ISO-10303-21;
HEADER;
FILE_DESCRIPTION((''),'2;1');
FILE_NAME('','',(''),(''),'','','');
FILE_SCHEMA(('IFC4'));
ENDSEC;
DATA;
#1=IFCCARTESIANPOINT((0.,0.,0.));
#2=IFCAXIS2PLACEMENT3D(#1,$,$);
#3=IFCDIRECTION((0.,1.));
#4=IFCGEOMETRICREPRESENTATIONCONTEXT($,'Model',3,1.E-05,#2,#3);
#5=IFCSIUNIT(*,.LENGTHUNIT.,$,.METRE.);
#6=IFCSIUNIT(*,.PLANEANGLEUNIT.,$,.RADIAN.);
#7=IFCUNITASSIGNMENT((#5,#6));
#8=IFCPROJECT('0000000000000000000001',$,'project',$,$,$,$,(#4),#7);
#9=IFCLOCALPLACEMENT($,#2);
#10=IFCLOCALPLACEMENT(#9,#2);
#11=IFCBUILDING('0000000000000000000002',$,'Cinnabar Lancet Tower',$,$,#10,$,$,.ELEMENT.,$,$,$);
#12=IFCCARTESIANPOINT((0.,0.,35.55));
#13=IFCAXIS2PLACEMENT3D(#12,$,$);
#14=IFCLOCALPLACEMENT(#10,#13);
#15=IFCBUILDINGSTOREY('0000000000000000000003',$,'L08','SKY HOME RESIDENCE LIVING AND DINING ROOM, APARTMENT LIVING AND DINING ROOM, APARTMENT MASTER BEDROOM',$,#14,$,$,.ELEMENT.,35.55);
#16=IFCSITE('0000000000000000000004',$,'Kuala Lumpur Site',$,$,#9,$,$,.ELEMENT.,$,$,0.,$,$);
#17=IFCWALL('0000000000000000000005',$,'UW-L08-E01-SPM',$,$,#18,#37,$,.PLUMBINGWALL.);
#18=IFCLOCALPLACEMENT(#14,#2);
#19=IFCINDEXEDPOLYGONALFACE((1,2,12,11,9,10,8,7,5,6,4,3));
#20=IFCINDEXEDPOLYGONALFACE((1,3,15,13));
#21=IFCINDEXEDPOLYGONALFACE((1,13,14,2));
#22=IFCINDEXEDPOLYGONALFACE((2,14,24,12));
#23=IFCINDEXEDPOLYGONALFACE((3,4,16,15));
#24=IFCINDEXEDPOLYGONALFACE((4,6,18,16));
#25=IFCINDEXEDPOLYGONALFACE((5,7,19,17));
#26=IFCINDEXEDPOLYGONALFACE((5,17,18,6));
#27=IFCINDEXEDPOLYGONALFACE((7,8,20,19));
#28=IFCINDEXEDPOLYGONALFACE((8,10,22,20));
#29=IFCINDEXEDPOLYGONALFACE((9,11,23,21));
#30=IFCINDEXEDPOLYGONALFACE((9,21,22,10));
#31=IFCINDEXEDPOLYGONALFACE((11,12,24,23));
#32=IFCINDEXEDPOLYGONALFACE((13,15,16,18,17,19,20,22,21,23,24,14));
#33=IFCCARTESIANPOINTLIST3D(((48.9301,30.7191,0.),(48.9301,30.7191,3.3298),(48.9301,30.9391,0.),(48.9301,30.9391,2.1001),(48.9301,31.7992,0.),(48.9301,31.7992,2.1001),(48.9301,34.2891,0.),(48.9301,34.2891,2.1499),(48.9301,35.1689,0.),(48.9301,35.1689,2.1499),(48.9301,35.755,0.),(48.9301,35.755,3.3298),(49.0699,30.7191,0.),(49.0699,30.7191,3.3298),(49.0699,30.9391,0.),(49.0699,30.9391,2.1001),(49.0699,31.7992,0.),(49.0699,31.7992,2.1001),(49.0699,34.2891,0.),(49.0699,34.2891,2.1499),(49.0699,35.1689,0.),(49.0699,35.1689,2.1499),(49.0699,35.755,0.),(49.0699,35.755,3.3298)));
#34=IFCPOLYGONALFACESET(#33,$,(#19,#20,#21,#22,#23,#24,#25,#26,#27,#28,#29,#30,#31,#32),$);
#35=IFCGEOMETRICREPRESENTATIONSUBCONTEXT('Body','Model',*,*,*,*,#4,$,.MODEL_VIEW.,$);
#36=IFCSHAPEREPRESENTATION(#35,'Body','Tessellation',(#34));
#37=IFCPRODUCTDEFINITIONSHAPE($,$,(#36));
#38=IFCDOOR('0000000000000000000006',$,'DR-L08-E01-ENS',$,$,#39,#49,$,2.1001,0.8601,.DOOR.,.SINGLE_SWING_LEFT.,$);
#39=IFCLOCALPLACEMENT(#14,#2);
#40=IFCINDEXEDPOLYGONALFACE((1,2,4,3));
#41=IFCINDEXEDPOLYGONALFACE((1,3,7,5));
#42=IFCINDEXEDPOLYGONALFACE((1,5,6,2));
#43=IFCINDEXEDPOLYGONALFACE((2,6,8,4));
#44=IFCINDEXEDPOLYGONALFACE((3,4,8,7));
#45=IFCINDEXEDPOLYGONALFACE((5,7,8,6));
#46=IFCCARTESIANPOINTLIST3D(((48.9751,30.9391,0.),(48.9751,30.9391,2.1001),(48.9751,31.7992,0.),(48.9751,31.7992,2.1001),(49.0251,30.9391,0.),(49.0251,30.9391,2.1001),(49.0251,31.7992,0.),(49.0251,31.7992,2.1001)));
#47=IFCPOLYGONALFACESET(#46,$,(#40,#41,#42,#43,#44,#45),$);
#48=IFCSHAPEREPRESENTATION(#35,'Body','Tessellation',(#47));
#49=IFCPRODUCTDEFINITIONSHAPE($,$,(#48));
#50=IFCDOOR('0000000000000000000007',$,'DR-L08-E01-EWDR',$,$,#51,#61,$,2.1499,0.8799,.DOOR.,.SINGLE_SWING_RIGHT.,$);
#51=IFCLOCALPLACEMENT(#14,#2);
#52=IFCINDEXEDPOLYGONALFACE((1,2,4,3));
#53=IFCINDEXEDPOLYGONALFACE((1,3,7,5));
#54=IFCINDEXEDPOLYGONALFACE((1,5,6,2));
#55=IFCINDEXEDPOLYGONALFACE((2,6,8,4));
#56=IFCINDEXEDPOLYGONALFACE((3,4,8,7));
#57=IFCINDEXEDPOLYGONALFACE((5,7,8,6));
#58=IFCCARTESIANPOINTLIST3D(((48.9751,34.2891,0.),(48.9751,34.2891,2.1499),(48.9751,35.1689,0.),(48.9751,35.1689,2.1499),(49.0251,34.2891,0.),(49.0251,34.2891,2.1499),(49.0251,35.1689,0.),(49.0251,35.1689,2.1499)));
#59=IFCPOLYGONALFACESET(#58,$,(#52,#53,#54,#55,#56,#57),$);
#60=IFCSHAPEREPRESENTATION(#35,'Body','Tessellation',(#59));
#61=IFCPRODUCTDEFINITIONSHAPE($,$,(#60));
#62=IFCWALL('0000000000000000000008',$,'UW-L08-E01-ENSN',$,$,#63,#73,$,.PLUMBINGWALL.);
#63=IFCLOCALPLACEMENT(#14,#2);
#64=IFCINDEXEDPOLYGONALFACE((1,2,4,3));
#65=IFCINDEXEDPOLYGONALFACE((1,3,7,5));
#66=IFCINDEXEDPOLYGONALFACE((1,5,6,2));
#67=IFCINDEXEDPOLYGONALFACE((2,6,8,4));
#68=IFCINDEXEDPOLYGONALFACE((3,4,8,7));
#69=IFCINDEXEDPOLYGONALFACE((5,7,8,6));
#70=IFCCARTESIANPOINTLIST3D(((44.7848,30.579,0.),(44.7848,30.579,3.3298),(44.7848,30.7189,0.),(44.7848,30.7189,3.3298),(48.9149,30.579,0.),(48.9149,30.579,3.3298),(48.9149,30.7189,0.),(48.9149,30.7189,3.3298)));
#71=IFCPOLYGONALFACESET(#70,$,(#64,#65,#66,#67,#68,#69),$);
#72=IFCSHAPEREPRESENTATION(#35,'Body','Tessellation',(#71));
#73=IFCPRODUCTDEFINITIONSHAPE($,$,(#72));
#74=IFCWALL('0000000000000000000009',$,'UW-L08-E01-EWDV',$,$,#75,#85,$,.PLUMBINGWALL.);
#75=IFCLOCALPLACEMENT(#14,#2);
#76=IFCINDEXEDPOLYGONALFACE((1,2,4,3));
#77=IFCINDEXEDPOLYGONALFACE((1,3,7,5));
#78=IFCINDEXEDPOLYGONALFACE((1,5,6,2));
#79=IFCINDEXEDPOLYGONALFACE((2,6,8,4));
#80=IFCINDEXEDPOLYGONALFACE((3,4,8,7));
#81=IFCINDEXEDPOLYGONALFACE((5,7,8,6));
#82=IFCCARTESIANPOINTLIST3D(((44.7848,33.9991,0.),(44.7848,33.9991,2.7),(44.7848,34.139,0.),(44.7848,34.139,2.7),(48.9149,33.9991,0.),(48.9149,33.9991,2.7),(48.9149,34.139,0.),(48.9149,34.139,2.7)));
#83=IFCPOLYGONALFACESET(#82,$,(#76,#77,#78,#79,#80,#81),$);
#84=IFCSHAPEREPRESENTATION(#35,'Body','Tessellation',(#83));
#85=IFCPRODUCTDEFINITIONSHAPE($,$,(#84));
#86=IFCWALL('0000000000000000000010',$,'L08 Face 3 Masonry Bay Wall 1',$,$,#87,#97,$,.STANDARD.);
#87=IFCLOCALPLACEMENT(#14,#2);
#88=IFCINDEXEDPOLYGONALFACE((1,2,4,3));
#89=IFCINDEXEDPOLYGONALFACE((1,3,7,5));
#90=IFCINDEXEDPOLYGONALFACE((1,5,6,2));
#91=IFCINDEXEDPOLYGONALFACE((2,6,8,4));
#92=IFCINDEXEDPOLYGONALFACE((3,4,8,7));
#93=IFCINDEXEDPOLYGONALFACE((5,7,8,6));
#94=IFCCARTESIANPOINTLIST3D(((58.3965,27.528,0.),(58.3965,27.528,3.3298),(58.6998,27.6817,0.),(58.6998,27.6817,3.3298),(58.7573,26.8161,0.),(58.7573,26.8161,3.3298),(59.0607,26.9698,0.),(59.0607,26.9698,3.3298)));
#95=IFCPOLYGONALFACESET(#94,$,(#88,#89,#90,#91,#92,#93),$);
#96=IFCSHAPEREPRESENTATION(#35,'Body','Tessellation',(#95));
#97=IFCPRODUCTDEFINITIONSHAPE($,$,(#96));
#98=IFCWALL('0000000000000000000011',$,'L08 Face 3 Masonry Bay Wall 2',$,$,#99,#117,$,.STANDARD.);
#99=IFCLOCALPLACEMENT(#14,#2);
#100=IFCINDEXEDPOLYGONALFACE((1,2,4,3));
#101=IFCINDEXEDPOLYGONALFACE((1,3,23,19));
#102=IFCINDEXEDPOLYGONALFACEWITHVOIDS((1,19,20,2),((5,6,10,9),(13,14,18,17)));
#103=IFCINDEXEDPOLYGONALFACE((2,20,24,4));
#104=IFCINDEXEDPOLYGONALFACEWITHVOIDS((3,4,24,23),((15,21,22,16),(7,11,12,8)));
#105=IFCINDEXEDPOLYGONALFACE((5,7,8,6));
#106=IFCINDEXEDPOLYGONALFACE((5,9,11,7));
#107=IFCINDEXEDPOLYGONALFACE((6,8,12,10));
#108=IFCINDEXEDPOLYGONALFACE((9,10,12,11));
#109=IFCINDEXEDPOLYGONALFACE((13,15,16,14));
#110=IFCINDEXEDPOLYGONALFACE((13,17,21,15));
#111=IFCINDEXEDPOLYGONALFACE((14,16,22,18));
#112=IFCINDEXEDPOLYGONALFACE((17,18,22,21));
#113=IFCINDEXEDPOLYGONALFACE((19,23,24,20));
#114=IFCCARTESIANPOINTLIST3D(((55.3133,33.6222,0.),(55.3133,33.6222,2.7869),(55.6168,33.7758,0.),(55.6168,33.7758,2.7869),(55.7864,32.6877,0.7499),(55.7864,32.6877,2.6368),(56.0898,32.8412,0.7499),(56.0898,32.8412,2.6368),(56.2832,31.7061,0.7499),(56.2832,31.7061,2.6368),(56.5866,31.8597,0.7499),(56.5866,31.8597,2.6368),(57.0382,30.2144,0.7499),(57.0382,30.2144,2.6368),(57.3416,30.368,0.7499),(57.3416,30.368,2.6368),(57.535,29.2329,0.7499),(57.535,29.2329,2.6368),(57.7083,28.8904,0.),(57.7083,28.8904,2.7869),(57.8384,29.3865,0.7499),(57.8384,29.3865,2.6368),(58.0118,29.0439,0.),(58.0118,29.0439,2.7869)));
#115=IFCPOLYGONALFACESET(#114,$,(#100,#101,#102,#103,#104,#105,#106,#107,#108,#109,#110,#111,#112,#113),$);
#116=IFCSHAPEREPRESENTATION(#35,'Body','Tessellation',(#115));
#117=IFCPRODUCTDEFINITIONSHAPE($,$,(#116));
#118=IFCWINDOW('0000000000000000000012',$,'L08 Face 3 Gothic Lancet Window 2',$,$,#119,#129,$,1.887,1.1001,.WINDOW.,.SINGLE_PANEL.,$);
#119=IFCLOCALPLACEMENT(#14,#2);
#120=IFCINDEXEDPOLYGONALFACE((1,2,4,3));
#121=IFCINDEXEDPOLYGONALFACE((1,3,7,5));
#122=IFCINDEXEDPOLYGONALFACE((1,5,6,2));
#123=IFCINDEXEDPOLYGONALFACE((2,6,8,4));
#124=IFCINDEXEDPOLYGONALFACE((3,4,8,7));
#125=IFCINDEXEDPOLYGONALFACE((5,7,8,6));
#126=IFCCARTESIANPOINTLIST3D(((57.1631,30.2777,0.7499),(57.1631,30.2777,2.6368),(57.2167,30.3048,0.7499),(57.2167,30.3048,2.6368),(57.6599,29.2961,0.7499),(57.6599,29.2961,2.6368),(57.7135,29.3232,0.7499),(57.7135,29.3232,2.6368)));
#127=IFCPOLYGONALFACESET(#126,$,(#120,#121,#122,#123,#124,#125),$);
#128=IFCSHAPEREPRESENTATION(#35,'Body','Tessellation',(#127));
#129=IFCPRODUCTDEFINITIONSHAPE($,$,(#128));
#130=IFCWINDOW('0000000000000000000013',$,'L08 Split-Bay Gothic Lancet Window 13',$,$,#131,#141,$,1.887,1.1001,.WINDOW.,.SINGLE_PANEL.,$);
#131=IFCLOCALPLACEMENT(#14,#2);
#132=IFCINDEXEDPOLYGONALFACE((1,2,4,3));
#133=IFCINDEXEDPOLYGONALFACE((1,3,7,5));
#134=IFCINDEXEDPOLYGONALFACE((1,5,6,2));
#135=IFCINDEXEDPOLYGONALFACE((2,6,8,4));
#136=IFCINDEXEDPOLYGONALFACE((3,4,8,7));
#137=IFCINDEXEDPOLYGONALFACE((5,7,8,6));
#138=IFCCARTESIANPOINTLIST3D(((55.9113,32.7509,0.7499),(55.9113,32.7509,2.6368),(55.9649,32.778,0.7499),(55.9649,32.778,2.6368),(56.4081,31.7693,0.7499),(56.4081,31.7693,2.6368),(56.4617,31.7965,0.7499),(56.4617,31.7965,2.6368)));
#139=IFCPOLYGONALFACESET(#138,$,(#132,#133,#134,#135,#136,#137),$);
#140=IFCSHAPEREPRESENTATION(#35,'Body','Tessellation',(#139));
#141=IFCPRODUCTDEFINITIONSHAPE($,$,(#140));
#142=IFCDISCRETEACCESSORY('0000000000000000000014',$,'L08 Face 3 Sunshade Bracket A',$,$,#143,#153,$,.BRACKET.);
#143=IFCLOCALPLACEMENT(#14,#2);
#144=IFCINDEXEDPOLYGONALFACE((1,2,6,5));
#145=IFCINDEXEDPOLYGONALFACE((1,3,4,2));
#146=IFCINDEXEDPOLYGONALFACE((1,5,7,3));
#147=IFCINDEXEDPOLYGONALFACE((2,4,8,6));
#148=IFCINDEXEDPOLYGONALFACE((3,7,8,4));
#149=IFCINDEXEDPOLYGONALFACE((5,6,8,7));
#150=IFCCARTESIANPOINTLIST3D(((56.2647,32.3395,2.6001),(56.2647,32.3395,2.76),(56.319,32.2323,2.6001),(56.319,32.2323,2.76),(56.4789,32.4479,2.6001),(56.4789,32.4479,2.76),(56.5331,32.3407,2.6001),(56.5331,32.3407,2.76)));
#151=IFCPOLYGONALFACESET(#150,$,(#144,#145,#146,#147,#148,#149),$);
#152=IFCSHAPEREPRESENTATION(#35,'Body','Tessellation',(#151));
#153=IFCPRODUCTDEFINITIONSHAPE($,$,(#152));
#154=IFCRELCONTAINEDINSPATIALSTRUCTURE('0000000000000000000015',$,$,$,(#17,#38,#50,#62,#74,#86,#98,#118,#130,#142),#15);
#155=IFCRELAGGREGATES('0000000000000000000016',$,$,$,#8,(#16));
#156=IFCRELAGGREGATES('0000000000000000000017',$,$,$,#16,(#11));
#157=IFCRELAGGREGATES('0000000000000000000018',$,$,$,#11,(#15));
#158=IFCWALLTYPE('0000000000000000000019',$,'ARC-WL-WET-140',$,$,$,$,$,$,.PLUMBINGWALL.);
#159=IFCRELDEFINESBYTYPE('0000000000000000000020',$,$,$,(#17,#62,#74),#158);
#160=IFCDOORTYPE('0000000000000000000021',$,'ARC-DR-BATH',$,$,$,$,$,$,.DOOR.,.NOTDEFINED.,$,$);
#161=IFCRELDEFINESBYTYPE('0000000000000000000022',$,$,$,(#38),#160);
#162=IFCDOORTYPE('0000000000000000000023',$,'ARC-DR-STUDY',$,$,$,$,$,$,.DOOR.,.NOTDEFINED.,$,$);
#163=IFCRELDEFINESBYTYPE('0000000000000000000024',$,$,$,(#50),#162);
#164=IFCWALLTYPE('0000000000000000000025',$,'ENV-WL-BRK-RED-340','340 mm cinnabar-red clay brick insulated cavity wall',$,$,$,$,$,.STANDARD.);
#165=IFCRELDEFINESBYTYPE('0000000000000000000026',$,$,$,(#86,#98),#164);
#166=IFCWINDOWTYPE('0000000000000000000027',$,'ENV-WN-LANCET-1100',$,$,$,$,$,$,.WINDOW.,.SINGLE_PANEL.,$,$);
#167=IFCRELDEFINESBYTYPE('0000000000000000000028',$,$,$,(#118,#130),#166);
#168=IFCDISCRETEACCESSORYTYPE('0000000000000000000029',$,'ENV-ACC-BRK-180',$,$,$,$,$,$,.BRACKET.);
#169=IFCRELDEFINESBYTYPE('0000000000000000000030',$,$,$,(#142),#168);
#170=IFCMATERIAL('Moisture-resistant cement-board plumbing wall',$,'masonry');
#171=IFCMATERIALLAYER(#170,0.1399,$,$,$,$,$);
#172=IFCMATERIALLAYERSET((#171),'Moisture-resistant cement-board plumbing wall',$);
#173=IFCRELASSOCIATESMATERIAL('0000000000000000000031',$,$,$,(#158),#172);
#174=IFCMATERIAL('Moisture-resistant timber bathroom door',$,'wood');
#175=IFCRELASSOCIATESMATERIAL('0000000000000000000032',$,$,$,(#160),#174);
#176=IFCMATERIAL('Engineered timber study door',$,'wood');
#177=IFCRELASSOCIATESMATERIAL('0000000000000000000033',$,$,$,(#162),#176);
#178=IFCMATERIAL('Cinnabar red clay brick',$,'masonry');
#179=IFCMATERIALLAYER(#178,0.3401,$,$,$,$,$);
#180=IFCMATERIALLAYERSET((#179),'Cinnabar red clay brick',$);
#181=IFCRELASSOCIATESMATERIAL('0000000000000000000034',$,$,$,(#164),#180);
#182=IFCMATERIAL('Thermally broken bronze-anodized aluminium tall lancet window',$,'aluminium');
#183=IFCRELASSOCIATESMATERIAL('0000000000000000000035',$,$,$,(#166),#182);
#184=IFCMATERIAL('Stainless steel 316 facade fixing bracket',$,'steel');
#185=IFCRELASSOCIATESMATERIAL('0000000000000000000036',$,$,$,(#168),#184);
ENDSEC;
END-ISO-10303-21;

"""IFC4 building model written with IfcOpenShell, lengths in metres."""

from ifc_helpers import new_model, si_unit, direction, frame, frame_2d, origin, origin_2d, place, context, subcontext, project, spatial, rectangle, extrude, material, layer, layer_set, type_object, element, fill, save


model = new_model("IFC4")

# Units and contexts
model_context = context("Model", 3, precision=1e-05, world=origin(), true_north=direction((0.0, 1.0)))
body_context = subcontext(model_context, "Body", "Model", "MODEL_VIEW")
ifc_project = project(units=[si_unit("LENGTHUNIT", "METRE"), si_unit("PLANEANGLEUNIT", "RADIAN")], contexts=[model_context])

# Site, building, storey
site_placement = place(None, origin())
site = spatial("IfcSite", under=ifc_project, at=site_placement, Name="Kuala Lumpur Site", CompositionType="ELEMENT", RefElevation=0.0)
building_placement = place(site_placement, origin())
building = spatial("IfcBuilding", under=site, at=building_placement, Name="Cinnabar Lancet Tower", CompositionType="ELEMENT")
storey_placement = place(building_placement, frame((0.0, 0.0, 35.55)))
storey = spatial("IfcBuildingStorey", under=building, at=storey_placement, Name="L08", Description="SKY HOME RESIDENCE LIVING AND DINING ROOM, APARTMENT LIVING AND DINING ROOM, APARTMENT MASTER BEDROOM", CompositionType="ELEMENT", Elevation=35.55)

# Wall, openings, doors
ifc_material_1 = material(Name="Moisture-resistant cement-board plumbing wall", Category="masonry")
ifc_layer_1 = layer(ifc_material_1, 0.1399)
ifc_layer_set_1 = layer_set([ifc_layer_1], Name="Moisture-resistant cement-board plumbing wall")
wall_type_1 = type_object("IfcWallType", Name="ARC-WL-WET-140", PredefinedType="PLUMBINGWALL", material=ifc_layer_set_1)
wall_1_placement = place(storey_placement, frame((49.0, 30.719, 0.0), z_axis=(0.0, 0.0, 1.0), x_axis=(0.0, 1.0, 0.0)))
wall_1 = element("IfcWall", 1, at=wall_1_placement, inside=storey, type_object=wall_type_1, Name="UW-L08-E01-SPM", PredefinedType="PLUMBINGWALL", context=body_context, shape_type="SweptSolid", body=[
    extrude(rectangle(XDim=5.0359, YDim=0.1399, at=frame_2d((2.5181, 0.0))), origin(), (0.0, 0.0, 1.0), 3.3298),
])
opening_1_placement = place(wall_1_placement, frame((0.22, 0.0, 0.0)))
opening_1 = element("IfcOpeningElement", 2, at=opening_1_placement, cuts=wall_1, PredefinedType="OPENING", context=body_context, shape_type="SweptSolid", body=[
    extrude(rectangle(XDim=0.8601, YDim=2.1001, at=frame_2d((0.4302, 1.05))), frame((0.0, 0.0798, 0.0), z_axis=(0.0, -1.0, 0.0), x_axis=(1.0, 0.0, 0.0)), (0.0, 0.0, 1.0), 0.1599),
])
opening_2_placement = place(wall_1_placement, frame((3.5701, 0.0, 0.0)))
opening_2 = element("IfcOpeningElement", 3, at=opening_2_placement, cuts=wall_1, PredefinedType="OPENING", context=body_context, shape_type="SweptSolid", body=[
    extrude(rectangle(XDim=0.8799, YDim=2.1499, at=frame_2d((0.4399, 1.075))), frame((0.0, 0.0798, 0.0), z_axis=(0.0, -1.0, 0.0), x_axis=(1.0, 0.0, 0.0)), (0.0, 0.0, 1.0), 0.1599),
])
ifc_material_2 = material(Name="Moisture-resistant timber bathroom door", Category="wood")
door_type_1 = type_object("IfcDoorType", Name="ARC-DR-BATH", OperationType="NOTDEFINED", PredefinedType="DOOR", material=ifc_material_2)
door_1_placement = place(opening_1_placement, origin())
door_1 = element("IfcDoor", 4, at=door_1_placement, inside=storey, type_object=door_type_1, Name="DR-L08-E01-ENS", OperationType="SINGLE_SWING_LEFT", OverallHeight=2.1001, OverallWidth=0.8601, PredefinedType="DOOR", context=body_context, shape_type="SweptSolid", body=[
    extrude(rectangle(XDim=0.8601, YDim=2.1001, at=frame_2d((0.4302, 1.05))), frame((0.0, 0.0249, 0.0), z_axis=(0.0, -1.0, 0.0), x_axis=(1.0, 0.0, 0.0)), (0.0, 0.0, 1.0), 0.05),
])
fill(opening_1, door_1)
ifc_material_3 = material(Name="Engineered timber study door", Category="wood")
door_type_2 = type_object("IfcDoorType", Name="ARC-DR-STUDY", OperationType="NOTDEFINED", PredefinedType="DOOR", material=ifc_material_3)
door_2_placement = place(opening_2_placement, origin())
door_2 = element("IfcDoor", 5, at=door_2_placement, inside=storey, type_object=door_type_2, Name="DR-L08-E01-EWDR", OperationType="SINGLE_SWING_RIGHT", OverallHeight=2.1499, OverallWidth=0.8799, PredefinedType="DOOR", context=body_context, shape_type="SweptSolid", body=[
    extrude(rectangle(XDim=0.8799, YDim=2.1499, at=frame_2d((0.4399, 1.075))), frame((0.0, 0.0249, 0.0), z_axis=(0.0, -1.0, 0.0), x_axis=(1.0, 0.0, 0.0)), (0.0, 0.0, 1.0), 0.05),
])
fill(opening_2, door_2)

# Walls
wall_2_placement = place(storey_placement, frame((44.7849, 30.6489, 0.0), z_axis=(0.0, 0.0, 1.0), x_axis=(1.0, 0.0, 0.0)))
element("IfcWall", 6, at=wall_2_placement, inside=storey, type_object=wall_type_1, Name="UW-L08-E01-ENSN", PredefinedType="PLUMBINGWALL", context=body_context, shape_type="SweptSolid", body=[
    extrude(rectangle(XDim=4.1301, YDim=0.1399, at=frame_2d((2.0649, 0.0))), origin(), (0.0, 0.0, 1.0), 3.3298),
])
wall_3_placement = place(storey_placement, frame((44.7849, 34.0691, 0.0), z_axis=(0.0, 0.0, 1.0), x_axis=(1.0, 0.0, 0.0)))
element("IfcWall", 7, at=wall_3_placement, inside=storey, type_object=wall_type_1, Name="UW-L08-E01-EWDV", PredefinedType="PLUMBINGWALL", context=body_context, shape_type="SweptSolid", body=[
    extrude(rectangle(XDim=4.1301, YDim=0.1399, at=frame_2d((2.0649, 0.0))), origin(), (0.0, 0.0, 1.0), 2.7),
])
ifc_material_4 = material(Name="Cinnabar red clay brick", Category="masonry")
ifc_layer_2 = layer(ifc_material_4, 0.3401)
ifc_layer_set_2 = layer_set([ifc_layer_2], Name="Cinnabar red clay brick")
wall_type_2 = type_object("IfcWallType", Name="ENV-WL-BRK-RED-340", Description="340 mm cinnabar-red clay brick insulated cavity wall", PredefinedType="STANDARD", material=ifc_layer_set_2)
wall_4_placement = place(storey_placement, frame((58.9089, 26.8931, 0.0), z_axis=(0.0, 0.0, 1.0), x_axis=(-0.452101, 0.891967, 0.0)))
element("IfcWall", 8, at=wall_4_placement, inside=storey, type_object=wall_type_2, Name="L08 Face 3 Masonry Bay Wall 1", PredefinedType="STANDARD", context=body_context, shape_type="SweptSolid", body=[
    extrude(rectangle(XDim=0.7981, YDim=0.3401, at=frame_2d((0.3989, 0.0))), origin(), (0.0, 0.0, 1.0), 3.3298),
])

# Wall, openings, windows
wall_5_placement = place(storey_placement, frame((57.8601, 28.967, 0.0), z_axis=(0.0, 0.0, 1.0), x_axis=(-0.451591, 0.892225, 0.0)))
wall_5 = element("IfcWall", 9, at=wall_5_placement, inside=storey, type_object=wall_type_2, Name="L08 Face 3 Masonry Bay Wall 2", PredefinedType="STANDARD", context=body_context, shape_type="SweptSolid", body=[
    extrude(rectangle(XDim=5.3035, YDim=0.3401, at=frame_2d((2.6519, 0.0))), origin(), (0.0, 0.0, 1.0), 2.7869),
])
opening_3_placement = place(wall_5_placement, frame((0.384, 0.0, 0.75)))
opening_3 = element("IfcOpeningElement", 10, at=opening_3_placement, cuts=wall_5, PredefinedType="OPENING", context=body_context, shape_type="SweptSolid", body=[
    extrude(rectangle(XDim=1.1001, YDim=1.887, at=frame_2d((0.55, 0.9434))), frame((0.0, 0.1799, 0.0), z_axis=(0.0, -1.0, 0.0), x_axis=(1.0, 0.0, 0.0)), (0.0, 0.0, 1.0), 0.3601),
])
opening_4_placement = place(wall_5_placement, frame((3.156, 0.0, 0.75)))
opening_4 = element("IfcOpeningElement", 11, at=opening_4_placement, cuts=wall_5, PredefinedType="OPENING", context=body_context, shape_type="SweptSolid", body=[
    extrude(rectangle(XDim=1.1001, YDim=1.887, at=frame_2d((0.55, 0.9434))), frame((0.0, 0.1799, 0.0), z_axis=(0.0, -1.0, 0.0), x_axis=(1.0, 0.0, 0.0)), (0.0, 0.0, 1.0), 0.3601),
])
ifc_material_5 = material(Name="Thermally broken bronze-anodized aluminium tall lancet window", Category="aluminium")
window_type = type_object("IfcWindowType", Name="ENV-WN-LANCET-1100", PartitioningType="SINGLE_PANEL", PredefinedType="WINDOW", material=ifc_material_5)
window_1_placement = place(opening_3_placement, origin())
window_1 = element("IfcWindow", 12, at=window_1_placement, inside=storey, type_object=window_type, Name="L08 Face 3 Gothic Lancet Window 2", OverallHeight=1.887, OverallWidth=1.1001, PartitioningType="SINGLE_PANEL", PredefinedType="WINDOW", context=body_context, shape_type="SweptSolid", body=[
    extrude(rectangle(XDim=1.1001, YDim=1.887, at=frame_2d((0.55, 0.9434))), frame((0.0, 0.03, 0.0), z_axis=(0.0, -1.0, 0.0), x_axis=(1.0, 0.0, 0.0)), (0.0, 0.0, 1.0), 0.0601),
])
fill(opening_3, window_1)
window_2_placement = place(opening_4_placement, origin())
window_2 = element("IfcWindow", 13, at=window_2_placement, inside=storey, type_object=window_type, Name="L08 Split-Bay Gothic Lancet Window 13", OverallHeight=1.887, OverallWidth=1.1001, PartitioningType="SINGLE_PANEL", PredefinedType="WINDOW", context=body_context, shape_type="SweptSolid", body=[
    extrude(rectangle(XDim=1.1001, YDim=1.887, at=frame_2d((0.55, 0.9434))), frame((0.0, 0.03, 0.0), z_axis=(0.0, -1.0, 0.0), x_axis=(1.0, 0.0, 0.0)), (0.0, 0.0, 1.0), 0.0601),
])
fill(opening_4, window_2)

# Discrete accessory
ifc_material_6 = material(Name="Stainless steel 316 facade fixing bracket", Category="steel")
discrete_accessory_type = type_object("IfcDiscreteAccessoryType", Name="ENV-ACC-BRK-180", PredefinedType="BRACKET", material=ifc_material_6)
discrete_accessory_placement = place(storey_placement, frame((56.3989, 32.3401, 2.6001), z_axis=(0.0, 0.0, 1.0), x_axis=(-0.451501, 0.892271, 0.0)))
element("IfcDiscreteAccessory", 14, at=discrete_accessory_placement, inside=storey, type_object=discrete_accessory_type, Name="L08 Face 3 Sunshade Bracket A", PredefinedType="BRACKET", context=body_context, shape_type="SweptSolid", body=[
    extrude(rectangle(XDim=0.1201, YDim=0.24, at=origin_2d()), origin(), (0.0, 0.0, 1.0), 0.1599),
])

save(model, "model.ifc")
